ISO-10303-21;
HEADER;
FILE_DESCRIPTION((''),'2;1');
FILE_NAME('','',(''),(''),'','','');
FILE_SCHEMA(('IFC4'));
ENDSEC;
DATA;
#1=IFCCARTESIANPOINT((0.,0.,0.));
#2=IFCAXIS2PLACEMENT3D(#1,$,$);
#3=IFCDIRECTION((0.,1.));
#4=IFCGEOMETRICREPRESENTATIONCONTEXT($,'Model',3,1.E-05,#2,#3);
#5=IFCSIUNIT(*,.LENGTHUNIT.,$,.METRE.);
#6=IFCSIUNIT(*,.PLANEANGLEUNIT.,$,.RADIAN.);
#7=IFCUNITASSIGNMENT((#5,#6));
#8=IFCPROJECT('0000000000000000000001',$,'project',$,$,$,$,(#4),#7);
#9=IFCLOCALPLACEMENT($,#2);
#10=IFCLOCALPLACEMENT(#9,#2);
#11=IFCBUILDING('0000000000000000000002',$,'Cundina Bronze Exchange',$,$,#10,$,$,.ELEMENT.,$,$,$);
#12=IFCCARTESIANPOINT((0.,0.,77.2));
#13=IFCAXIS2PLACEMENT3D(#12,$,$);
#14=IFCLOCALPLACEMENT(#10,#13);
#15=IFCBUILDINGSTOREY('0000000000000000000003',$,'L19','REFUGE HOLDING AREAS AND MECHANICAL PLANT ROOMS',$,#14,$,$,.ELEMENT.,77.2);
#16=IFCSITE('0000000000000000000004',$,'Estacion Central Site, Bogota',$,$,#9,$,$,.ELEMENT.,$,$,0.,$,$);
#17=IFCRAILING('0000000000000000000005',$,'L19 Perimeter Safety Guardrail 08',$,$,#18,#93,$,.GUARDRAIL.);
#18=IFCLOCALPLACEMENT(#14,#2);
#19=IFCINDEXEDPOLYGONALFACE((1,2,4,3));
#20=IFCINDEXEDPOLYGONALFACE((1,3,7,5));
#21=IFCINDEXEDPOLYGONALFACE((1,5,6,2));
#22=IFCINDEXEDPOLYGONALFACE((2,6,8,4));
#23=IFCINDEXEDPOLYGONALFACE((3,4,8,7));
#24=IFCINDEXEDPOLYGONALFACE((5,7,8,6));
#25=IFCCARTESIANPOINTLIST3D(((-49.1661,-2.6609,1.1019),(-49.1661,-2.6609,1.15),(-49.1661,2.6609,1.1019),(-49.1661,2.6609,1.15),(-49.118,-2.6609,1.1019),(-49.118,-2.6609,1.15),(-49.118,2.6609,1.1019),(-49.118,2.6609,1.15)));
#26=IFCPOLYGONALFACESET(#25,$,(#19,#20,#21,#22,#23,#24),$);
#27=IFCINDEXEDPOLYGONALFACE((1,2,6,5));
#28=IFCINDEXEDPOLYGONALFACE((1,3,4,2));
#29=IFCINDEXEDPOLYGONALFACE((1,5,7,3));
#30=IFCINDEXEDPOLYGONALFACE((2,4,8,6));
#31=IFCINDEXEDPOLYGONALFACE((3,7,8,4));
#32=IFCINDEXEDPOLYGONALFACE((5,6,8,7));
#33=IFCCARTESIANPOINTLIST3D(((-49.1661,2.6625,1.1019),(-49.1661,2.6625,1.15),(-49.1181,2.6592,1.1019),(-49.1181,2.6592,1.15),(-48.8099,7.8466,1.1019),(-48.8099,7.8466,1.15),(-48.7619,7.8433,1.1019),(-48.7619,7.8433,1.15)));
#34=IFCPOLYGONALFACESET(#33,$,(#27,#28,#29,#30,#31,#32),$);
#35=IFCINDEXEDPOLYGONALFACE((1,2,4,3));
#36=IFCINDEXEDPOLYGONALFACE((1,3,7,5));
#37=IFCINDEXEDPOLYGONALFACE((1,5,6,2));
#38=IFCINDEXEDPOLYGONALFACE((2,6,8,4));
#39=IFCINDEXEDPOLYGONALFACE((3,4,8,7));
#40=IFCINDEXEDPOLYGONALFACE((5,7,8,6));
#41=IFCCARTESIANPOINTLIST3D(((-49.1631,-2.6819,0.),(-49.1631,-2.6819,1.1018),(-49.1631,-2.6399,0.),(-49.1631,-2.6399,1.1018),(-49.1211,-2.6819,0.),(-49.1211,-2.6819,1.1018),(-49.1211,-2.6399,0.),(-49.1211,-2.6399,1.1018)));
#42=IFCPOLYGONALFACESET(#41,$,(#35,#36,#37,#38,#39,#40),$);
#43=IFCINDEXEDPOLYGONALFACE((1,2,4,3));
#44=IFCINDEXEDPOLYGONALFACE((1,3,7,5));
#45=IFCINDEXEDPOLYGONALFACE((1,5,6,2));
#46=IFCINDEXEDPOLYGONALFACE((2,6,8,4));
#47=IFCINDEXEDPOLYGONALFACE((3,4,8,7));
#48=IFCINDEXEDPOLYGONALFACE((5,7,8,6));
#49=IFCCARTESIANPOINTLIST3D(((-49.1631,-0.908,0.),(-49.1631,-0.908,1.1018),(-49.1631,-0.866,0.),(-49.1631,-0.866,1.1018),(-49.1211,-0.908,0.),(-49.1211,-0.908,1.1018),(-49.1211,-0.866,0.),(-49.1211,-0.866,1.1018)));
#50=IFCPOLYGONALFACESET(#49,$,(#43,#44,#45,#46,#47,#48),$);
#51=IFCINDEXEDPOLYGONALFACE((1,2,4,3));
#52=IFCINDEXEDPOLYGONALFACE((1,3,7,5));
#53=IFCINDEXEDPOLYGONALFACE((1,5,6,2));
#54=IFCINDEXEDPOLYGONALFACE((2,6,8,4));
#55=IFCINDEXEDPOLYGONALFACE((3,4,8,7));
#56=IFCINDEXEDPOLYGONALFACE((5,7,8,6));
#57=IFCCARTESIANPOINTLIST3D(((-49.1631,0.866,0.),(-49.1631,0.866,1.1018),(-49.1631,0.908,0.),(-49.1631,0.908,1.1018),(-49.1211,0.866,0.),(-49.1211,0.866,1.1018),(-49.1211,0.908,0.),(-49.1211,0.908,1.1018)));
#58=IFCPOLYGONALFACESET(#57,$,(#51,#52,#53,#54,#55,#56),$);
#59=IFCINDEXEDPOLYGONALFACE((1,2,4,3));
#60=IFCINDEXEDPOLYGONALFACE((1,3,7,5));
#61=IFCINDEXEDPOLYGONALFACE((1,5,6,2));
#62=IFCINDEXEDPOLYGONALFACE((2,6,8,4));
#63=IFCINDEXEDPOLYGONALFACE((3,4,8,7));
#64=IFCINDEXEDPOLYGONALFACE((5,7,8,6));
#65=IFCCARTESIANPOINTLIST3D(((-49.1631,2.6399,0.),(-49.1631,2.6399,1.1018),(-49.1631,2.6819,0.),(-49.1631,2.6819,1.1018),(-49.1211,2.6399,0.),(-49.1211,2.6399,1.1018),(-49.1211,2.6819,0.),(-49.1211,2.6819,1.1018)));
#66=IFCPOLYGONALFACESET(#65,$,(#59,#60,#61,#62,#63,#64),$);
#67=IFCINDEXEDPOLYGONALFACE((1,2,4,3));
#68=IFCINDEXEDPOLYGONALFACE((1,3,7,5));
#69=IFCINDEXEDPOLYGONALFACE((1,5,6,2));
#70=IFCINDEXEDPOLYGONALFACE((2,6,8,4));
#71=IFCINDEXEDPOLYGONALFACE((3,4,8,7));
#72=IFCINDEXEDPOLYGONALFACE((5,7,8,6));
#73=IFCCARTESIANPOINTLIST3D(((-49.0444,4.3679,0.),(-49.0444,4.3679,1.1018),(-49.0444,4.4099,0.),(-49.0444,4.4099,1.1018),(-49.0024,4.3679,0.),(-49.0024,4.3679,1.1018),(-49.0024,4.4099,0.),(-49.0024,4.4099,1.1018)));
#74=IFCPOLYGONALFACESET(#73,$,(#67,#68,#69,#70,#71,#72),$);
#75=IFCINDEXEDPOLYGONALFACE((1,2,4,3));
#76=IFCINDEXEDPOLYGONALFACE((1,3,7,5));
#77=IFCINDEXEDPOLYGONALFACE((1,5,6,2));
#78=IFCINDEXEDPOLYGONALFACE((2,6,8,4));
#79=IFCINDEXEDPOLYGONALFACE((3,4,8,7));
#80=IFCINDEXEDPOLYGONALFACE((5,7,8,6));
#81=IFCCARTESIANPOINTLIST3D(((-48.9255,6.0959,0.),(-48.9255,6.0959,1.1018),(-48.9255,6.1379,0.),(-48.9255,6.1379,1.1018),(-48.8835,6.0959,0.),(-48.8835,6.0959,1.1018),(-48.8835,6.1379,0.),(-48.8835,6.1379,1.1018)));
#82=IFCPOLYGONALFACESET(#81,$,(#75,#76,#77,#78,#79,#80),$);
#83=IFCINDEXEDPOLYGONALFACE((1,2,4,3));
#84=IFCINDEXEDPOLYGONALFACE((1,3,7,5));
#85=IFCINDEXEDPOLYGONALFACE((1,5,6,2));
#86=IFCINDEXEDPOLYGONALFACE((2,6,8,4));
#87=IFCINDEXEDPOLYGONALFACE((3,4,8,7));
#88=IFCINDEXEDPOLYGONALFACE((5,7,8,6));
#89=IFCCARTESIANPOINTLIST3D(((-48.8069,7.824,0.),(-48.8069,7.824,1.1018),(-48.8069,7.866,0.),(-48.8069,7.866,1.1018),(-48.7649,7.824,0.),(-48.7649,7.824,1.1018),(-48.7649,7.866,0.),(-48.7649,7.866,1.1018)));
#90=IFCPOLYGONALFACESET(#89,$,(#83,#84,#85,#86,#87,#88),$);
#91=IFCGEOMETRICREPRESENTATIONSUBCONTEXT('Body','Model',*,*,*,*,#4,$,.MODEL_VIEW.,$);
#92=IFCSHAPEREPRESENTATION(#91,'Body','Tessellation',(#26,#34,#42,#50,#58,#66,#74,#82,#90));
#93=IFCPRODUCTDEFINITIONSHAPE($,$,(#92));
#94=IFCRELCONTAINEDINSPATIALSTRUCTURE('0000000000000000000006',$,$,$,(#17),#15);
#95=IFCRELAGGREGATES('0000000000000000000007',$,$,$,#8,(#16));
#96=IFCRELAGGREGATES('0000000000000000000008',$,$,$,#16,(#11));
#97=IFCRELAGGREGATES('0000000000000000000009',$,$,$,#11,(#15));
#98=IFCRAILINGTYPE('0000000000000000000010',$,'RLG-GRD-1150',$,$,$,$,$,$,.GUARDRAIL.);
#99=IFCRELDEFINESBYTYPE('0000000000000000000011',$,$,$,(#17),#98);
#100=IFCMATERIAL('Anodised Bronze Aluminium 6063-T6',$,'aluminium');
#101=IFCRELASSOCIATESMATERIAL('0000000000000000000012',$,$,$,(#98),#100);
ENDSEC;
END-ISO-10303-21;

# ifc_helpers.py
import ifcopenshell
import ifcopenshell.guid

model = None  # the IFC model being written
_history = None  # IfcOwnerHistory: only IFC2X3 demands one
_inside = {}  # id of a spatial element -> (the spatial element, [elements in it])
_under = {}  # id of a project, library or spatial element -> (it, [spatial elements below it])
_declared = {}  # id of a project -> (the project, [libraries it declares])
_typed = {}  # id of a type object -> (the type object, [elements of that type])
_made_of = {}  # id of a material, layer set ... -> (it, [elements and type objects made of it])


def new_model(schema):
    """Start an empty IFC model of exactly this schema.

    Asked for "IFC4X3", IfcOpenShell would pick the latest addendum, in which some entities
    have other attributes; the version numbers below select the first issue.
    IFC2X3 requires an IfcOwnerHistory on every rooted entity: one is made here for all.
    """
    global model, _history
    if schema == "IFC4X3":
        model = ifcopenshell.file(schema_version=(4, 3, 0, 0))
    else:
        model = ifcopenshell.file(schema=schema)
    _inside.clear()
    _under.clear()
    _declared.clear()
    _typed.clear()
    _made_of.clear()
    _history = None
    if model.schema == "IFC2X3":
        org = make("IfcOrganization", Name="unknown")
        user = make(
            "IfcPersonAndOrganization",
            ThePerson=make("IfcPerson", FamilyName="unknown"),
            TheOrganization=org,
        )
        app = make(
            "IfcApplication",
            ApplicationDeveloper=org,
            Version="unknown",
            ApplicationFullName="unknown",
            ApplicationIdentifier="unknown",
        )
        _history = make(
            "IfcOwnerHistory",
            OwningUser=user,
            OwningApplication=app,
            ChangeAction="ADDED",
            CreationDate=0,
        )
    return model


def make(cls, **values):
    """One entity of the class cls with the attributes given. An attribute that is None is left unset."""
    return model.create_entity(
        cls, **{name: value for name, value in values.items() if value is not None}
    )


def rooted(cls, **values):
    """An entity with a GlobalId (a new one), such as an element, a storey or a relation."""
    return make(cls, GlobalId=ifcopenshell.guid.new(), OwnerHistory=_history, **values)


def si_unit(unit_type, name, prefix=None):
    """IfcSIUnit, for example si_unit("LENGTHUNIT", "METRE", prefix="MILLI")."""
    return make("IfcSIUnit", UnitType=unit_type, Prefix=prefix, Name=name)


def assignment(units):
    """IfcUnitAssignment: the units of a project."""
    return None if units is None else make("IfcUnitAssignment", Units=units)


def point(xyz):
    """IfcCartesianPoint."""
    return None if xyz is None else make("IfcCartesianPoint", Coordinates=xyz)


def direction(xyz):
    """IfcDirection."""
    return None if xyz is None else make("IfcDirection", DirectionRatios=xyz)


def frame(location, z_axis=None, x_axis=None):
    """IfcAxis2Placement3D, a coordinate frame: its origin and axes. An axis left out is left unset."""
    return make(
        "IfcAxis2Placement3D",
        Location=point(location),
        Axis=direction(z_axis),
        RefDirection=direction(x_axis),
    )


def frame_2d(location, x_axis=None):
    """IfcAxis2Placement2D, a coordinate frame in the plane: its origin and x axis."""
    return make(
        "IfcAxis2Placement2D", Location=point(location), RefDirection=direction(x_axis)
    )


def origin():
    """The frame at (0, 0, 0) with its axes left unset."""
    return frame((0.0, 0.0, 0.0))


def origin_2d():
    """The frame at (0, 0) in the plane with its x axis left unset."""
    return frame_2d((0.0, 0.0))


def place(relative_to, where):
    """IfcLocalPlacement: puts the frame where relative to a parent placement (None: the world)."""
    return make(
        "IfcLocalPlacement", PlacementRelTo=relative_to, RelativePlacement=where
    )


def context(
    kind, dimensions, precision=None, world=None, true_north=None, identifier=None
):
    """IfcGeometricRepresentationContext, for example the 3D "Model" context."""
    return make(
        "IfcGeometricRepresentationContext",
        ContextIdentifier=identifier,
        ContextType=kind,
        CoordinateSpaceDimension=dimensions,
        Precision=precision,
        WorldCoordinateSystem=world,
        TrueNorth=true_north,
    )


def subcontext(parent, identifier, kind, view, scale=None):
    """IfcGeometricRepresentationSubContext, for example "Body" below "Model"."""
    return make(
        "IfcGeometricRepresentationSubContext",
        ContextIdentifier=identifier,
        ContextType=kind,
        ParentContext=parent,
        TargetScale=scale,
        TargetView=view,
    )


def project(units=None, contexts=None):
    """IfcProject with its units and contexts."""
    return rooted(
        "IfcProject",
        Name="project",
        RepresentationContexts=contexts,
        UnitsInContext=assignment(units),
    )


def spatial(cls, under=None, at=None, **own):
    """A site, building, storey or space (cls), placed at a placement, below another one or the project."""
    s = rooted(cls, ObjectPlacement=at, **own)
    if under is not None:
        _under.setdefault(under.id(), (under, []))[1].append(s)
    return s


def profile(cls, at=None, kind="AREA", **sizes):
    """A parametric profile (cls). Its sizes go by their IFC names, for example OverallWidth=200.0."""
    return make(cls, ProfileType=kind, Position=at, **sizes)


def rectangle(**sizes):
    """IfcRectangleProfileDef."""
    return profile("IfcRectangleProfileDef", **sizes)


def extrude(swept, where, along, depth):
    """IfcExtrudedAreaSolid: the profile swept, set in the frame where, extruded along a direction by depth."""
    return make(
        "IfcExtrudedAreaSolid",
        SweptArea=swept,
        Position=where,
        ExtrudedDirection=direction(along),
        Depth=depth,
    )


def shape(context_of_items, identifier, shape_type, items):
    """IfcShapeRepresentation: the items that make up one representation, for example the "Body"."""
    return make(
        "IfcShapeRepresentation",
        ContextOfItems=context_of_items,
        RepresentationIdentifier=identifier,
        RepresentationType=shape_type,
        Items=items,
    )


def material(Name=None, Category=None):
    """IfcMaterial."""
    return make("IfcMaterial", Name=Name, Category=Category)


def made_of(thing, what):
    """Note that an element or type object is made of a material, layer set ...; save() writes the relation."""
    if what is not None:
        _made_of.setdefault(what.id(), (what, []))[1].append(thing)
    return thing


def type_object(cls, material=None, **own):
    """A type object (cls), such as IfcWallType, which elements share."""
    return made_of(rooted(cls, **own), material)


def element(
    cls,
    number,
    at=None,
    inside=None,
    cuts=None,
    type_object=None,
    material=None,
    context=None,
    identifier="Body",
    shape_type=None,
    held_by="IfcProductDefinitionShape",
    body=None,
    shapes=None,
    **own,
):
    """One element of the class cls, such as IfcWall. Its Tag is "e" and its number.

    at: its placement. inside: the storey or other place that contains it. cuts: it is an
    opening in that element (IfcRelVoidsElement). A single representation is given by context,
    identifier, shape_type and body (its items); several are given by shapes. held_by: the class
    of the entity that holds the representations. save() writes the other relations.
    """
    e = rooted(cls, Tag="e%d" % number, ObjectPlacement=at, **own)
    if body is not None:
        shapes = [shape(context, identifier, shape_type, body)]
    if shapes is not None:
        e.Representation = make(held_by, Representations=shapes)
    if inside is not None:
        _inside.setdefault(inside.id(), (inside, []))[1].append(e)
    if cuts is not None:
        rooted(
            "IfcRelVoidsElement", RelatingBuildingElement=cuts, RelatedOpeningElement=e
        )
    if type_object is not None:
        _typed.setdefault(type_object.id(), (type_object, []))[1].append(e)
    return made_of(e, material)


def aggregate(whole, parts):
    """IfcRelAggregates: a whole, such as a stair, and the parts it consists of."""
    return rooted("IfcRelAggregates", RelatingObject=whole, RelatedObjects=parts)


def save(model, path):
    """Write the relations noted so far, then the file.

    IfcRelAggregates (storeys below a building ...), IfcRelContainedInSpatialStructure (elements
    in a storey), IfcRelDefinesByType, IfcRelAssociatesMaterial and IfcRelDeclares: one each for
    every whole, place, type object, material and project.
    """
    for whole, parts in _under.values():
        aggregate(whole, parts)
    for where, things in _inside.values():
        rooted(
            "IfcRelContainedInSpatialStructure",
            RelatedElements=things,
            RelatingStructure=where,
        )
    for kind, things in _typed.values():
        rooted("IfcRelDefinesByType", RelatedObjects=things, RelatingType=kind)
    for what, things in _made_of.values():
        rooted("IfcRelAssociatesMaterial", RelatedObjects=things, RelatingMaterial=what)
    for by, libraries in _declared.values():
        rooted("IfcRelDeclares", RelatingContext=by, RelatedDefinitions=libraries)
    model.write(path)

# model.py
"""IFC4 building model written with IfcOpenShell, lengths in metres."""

from ifc_helpers import new_model, si_unit, direction, frame, origin, origin_2d, place, context, subcontext, project, spatial, rectangle, extrude, material, type_object, element, save


model = new_model("IFC4")

# Units and contexts
model_context = context("Model", 3, precision=1e-05, world=origin(), true_north=direction((0.0, 1.0)))
body_context = subcontext(model_context, "Body", "Model", "MODEL_VIEW")
ifc_project = project(units=[si_unit("LENGTHUNIT", "METRE"), si_unit("PLANEANGLEUNIT", "RADIAN")], contexts=[model_context])

# Site, building, storey
site_placement = place(None, origin())
site = spatial("IfcSite", under=ifc_project, at=site_placement, Name="Estacion Central Site, Bogota", CompositionType="ELEMENT", RefElevation=0.0)
building_placement = place(site_placement, origin())
building = spatial("IfcBuilding", under=site, at=building_placement, Name="Cundina Bronze Exchange", CompositionType="ELEMENT")
storey_placement = place(building_placement, frame((0.0, 0.0, 77.2)))
storey = spatial("IfcBuildingStorey", under=building, at=storey_placement, Name="L19", Description="REFUGE HOLDING AREAS AND MECHANICAL PLANT ROOMS", CompositionType="ELEMENT", Elevation=77.2)

# Railing
ifc_material_1 = material(Name="Anodised Bronze Aluminium 6063-T6", Category="aluminium")
railing_type = type_object("IfcRailingType", Name="RLG-GRD-1150", PredefinedType="GUARDRAIL", material=ifc_material_1)
railing_placement = place(storey_placement, frame((-49.1421, -2.6609, 0.0)))
element("IfcRailing", 1, at=railing_placement, inside=storey, type_object=railing_type, Name="L19 Perimeter Safety Guardrail 08", PredefinedType="GUARDRAIL", context=body_context, shape_type="SweptSolid", body=[
    extrude(rectangle(XDim=0.0481, YDim=0.0481, at=origin_2d()), frame((0.0, 0.0, 1.126), z_axis=(0.0, 1.0, 0.0), x_axis=(-1.0, 0.0, 0.0)), (0.0, 0.0, 1.0), 5.3218),
    extrude(rectangle(XDim=0.0481, YDim=0.0481, at=origin_2d()), frame((0.0, 5.3218, 1.126), z_axis=(0.068549, 0.997648, 0.0), x_axis=(-0.997648, 0.068549, 0.0)), (0.0, 0.0, 1.0), 5.1963),
    extrude(rectangle(XDim=0.042, YDim=0.042, at=origin_2d()), origin(), (0.0, 0.0, 1.0), 1.1018),
    extrude(rectangle(XDim=0.042, YDim=0.042, at=origin_2d()), frame((0.0, 1.7739, 0.0)), (0.0, 0.0, 1.0), 1.1018),
    extrude(rectangle(XDim=0.042, YDim=0.042, at=origin_2d()), frame((0.0, 3.5479, 0.0)), (0.0, 0.0, 1.0), 1.1018),
    extrude(rectangle(XDim=0.042, YDim=0.042, at=origin_2d()), frame((0.0, 5.3218, 0.0)), (0.0, 0.0, 1.0), 1.1018),
    extrude(rectangle(XDim=0.042, YDim=0.042, at=origin_2d()), frame((0.1187, 7.0498, 0.0)), (0.0, 0.0, 1.0), 1.1018),
    extrude(rectangle(XDim=0.042, YDim=0.042, at=origin_2d()), frame((0.2375, 8.7778, 0.0)), (0.0, 0.0, 1.0), 1.1018),
    extrude(rectangle(XDim=0.042, YDim=0.042, at=origin_2d()), frame((0.3562, 10.5059, 0.0)), (0.0, 0.0, 1.0), 1.1018),
])

save(model, "model.ifc")
